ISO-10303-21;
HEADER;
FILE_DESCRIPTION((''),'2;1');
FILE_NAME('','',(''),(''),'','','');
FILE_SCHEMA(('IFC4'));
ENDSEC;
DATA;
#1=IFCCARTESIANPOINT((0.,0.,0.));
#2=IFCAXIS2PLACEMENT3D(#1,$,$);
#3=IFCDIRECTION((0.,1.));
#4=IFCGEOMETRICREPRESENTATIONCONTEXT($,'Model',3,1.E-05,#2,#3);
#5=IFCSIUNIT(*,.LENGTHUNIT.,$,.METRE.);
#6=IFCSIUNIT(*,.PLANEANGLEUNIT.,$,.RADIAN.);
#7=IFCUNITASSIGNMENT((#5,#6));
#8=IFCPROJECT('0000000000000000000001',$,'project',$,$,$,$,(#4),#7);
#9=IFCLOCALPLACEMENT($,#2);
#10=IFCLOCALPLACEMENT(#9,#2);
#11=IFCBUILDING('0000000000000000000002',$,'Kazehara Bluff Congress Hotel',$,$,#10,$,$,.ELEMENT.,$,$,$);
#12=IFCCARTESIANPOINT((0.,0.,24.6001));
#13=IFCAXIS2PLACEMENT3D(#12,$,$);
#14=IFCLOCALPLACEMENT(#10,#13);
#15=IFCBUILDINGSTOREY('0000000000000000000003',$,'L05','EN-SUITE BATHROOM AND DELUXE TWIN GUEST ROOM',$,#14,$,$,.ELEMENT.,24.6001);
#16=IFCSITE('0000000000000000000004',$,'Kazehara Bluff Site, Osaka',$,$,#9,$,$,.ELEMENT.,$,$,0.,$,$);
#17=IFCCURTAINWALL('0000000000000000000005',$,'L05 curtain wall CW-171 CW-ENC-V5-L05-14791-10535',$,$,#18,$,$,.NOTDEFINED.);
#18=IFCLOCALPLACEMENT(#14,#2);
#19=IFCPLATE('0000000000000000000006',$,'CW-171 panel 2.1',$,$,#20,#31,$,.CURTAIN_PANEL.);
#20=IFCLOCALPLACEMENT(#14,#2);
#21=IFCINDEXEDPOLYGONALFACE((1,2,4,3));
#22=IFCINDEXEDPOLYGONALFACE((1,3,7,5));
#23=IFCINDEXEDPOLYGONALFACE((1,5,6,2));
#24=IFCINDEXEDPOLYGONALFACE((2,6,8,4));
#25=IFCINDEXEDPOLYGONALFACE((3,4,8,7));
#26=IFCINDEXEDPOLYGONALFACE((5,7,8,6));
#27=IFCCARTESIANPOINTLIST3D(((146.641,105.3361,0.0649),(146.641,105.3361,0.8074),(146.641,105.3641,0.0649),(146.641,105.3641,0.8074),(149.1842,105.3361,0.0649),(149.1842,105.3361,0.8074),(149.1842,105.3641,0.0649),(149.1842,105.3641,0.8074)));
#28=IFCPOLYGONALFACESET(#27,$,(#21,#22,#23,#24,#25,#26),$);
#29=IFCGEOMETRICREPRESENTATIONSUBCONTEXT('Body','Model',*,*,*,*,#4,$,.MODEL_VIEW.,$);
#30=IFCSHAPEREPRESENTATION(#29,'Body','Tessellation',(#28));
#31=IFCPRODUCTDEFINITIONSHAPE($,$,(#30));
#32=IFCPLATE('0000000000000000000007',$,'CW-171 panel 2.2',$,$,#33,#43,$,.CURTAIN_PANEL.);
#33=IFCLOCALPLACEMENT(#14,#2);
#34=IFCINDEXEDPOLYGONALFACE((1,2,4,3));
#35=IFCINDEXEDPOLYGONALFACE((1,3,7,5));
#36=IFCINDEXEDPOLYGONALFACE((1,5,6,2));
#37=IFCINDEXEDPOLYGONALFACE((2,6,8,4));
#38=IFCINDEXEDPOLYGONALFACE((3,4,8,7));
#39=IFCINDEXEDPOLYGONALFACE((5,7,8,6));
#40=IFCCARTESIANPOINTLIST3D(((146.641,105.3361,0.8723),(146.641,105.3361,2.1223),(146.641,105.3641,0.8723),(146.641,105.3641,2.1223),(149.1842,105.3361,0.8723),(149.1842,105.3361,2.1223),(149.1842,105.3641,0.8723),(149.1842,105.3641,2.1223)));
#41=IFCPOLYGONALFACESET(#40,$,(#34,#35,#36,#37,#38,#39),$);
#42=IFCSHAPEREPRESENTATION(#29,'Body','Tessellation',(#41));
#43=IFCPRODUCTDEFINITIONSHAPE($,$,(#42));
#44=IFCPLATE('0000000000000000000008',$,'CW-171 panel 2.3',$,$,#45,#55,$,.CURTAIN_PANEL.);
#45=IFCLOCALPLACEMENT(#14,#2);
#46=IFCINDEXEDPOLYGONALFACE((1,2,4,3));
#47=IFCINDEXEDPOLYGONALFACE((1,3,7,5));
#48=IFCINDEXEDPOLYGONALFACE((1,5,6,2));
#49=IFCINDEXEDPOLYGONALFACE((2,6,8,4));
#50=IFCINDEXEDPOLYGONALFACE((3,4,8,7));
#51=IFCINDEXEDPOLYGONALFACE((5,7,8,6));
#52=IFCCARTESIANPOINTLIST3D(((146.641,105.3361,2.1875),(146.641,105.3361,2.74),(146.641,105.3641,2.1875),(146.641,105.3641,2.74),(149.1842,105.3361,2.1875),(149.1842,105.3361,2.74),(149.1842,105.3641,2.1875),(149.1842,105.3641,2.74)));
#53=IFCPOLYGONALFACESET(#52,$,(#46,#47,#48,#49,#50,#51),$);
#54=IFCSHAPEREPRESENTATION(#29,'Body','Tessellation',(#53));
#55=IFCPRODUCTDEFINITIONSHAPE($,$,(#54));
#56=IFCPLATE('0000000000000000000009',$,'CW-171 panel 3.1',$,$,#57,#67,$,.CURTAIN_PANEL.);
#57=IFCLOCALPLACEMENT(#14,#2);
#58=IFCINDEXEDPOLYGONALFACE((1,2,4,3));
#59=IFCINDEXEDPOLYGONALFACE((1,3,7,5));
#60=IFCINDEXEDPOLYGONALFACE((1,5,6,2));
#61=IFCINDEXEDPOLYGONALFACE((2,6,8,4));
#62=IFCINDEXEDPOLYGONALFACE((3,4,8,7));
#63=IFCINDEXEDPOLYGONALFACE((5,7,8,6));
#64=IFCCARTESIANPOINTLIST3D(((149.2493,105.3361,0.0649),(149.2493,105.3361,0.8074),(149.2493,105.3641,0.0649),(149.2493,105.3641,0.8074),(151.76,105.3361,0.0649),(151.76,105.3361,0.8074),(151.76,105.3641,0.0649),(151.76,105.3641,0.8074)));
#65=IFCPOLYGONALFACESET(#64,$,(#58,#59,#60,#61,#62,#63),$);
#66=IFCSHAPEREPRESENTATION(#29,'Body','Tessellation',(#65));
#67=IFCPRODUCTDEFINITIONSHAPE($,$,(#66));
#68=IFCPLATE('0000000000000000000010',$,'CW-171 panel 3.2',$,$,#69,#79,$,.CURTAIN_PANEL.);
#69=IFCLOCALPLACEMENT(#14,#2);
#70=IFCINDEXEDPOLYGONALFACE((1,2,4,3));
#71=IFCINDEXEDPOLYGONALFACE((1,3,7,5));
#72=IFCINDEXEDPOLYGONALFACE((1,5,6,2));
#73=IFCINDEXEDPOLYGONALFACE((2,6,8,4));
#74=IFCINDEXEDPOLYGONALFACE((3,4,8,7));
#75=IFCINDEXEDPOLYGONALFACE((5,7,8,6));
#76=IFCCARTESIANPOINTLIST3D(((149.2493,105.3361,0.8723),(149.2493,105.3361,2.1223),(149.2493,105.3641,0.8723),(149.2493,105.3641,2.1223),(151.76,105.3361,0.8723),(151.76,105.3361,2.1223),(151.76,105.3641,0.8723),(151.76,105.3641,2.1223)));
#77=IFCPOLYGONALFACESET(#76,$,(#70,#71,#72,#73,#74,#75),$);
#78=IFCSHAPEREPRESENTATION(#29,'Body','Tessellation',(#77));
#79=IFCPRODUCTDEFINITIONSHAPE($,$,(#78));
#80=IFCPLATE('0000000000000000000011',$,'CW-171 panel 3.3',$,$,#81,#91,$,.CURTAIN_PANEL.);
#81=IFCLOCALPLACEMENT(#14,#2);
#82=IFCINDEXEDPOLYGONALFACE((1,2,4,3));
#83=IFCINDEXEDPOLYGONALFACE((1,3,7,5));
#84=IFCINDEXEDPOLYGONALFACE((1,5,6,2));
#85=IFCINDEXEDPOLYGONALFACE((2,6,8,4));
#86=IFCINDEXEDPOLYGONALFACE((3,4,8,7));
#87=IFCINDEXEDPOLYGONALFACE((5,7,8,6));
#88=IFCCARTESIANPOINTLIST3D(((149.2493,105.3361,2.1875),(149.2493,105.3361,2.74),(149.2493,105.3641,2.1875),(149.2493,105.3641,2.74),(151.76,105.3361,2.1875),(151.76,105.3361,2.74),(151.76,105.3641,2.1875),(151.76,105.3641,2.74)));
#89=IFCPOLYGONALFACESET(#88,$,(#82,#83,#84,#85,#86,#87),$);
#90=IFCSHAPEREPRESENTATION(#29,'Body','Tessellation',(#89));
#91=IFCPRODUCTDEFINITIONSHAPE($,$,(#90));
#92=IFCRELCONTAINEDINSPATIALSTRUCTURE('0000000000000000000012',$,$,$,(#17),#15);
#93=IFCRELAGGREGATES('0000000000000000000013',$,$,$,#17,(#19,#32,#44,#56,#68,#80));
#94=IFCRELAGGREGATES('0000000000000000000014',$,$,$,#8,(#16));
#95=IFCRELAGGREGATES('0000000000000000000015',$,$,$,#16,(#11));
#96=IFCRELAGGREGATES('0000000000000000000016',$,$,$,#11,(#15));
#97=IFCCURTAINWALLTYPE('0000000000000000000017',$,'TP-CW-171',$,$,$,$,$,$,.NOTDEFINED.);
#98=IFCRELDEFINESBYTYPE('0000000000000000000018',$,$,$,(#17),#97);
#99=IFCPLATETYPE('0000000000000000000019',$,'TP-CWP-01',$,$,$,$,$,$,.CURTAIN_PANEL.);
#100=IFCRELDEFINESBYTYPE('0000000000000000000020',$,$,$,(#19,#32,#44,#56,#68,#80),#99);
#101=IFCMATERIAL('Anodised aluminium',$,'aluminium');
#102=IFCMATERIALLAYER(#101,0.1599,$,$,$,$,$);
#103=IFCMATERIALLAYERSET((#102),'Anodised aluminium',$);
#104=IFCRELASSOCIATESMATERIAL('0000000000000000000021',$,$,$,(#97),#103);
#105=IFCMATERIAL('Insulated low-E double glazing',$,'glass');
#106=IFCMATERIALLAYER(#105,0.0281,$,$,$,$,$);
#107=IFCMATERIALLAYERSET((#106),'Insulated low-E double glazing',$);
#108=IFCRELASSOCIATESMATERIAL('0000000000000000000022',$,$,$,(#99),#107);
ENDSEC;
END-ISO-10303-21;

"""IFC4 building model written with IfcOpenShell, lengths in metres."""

from ifc_helpers import new_model, si_unit, direction, frame, origin, origin_2d, place, context, subcontext, project, spatial, rectangle, extrude, material, layer, layer_set, type_object, element, aggregate, save


model = new_model("IFC4")

# Units and contexts
model_context = context("Model", 3, precision=1e-05, world=origin(), true_north=direction((0.0, 1.0)))
body_context = subcontext(model_context, "Body", "Model", "MODEL_VIEW")
ifc_project = project(units=[si_unit("LENGTHUNIT", "METRE"), si_unit("PLANEANGLEUNIT", "RADIAN")], contexts=[model_context])

# Site, building, storey
site_placement = place(None, origin())
site = spatial("IfcSite", under=ifc_project, at=site_placement, Name="Kazehara Bluff Site, Osaka", CompositionType="ELEMENT", RefElevation=0.0)
building_placement = place(site_placement, origin())
building = spatial("IfcBuilding", under=site, at=building_placement, Name="Kazehara Bluff Congress Hotel", CompositionType="ELEMENT")
storey_placement = place(building_placement, frame((0.0, 0.0, 24.6001)))
storey = spatial("IfcBuildingStorey", under=building, at=storey_placement, Name="L05", Description="EN-SUITE BATHROOM AND DELUXE TWIN GUEST ROOM", CompositionType="ELEMENT", Elevation=24.6001)

# Curtain wall
ifc_material_1 = material(Name="Anodised aluminium", Category="aluminium")
ifc_layer_1 = layer(ifc_material_1, 0.1599)
ifc_layer_set_1 = layer_set([ifc_layer_1], Name="Anodised aluminium")
curtain_wall_type_1 = type_object("IfcCurtainWallType", Name="TP-CW-171", PredefinedType="NOTDEFINED", material=ifc_layer_set_1)
curtain_wall_1_placement = place(storey_placement, origin())
curtain_wall_1 = element("IfcCurtainWall", 1, at=curtain_wall_1_placement, inside=storey, type_object=curtain_wall_type_1, Name="L05 curtain wall CW-171 CW-ENC-V5-L05-14791-10535", PredefinedType="NOTDEFINED")

# Plates
ifc_material_2 = material(Name="Insulated low-E double glazing", Category="glass")
ifc_layer_2 = layer(ifc_material_2, 0.0281)
ifc_layer_set_2 = layer_set([ifc_layer_2], Name="Insulated low-E double glazing")
plate_type = type_object("IfcPlateType", Name="TP-CWP-01", PredefinedType="CURTAIN_PANEL", material=ifc_layer_set_2)
plate_1_placement = place(storey_placement, frame((147.9126, 105.3501, 0.0649), z_axis=(0.0, 0.0, 1.0), x_axis=(1.0, 0.0, 0.0)))
plate_1 = element("IfcPlate", 2, at=plate_1_placement, type_object=plate_type, Name="CW-171 panel 2.1", PredefinedType="CURTAIN_PANEL", context=body_context, shape_type="SweptSolid", body=[
    extrude(rectangle(XDim=2.5432, YDim=0.0281, at=origin_2d()), origin(), (0.0, 0.0, 1.0), 0.7424),
])
plate_2_placement = place(storey_placement, frame((147.9126, 105.3501, 0.8723), z_axis=(0.0, 0.0, 1.0), x_axis=(1.0, 0.0, 0.0)))
plate_2 = element("IfcPlate", 3, at=plate_2_placement, type_object=plate_type, Name="CW-171 panel 2.2", PredefinedType="CURTAIN_PANEL", context=body_context, shape_type="SweptSolid", body=[
    extrude(rectangle(XDim=2.5432, YDim=0.0281, at=origin_2d()), origin(), (0.0, 0.0, 1.0), 1.25),
])
plate_3_placement = place(storey_placement, frame((147.9126, 105.3501, 2.1875), z_axis=(0.0, 0.0, 1.0), x_axis=(1.0, 0.0, 0.0)))
plate_3 = element("IfcPlate", 4, at=plate_3_placement, type_object=plate_type, Name="CW-171 panel 2.3", PredefinedType="CURTAIN_PANEL", context=body_context, shape_type="SweptSolid", body=[
    extrude(rectangle(XDim=2.5432, YDim=0.0281, at=origin_2d()), origin(), (0.0, 0.0, 1.0), 0.5525),
])
plate_4_placement = place(storey_placement, frame((150.5046, 105.3501, 0.0649), z_axis=(0.0, 0.0, 1.0), x_axis=(1.0, 0.0, 0.0)))
plate_4 = element("IfcPlate", 5, at=plate_4_placement, type_object=plate_type, Name="CW-171 panel 3.1", PredefinedType="CURTAIN_PANEL", context=body_context, shape_type="SweptSolid", body=[
    extrude(rectangle(XDim=2.5107, YDim=0.0281, at=origin_2d()), origin(), (0.0, 0.0, 1.0), 0.7424),
])
plate_5_placement = place(storey_placement, frame((150.5046, 105.3501, 0.8723), z_axis=(0.0, 0.0, 1.0), x_axis=(1.0, 0.0, 0.0)))
plate_5 = element("IfcPlate", 6, at=plate_5_placement, type_object=plate_type, Name="CW-171 panel 3.2", PredefinedType="CURTAIN_PANEL", context=body_context, shape_type="SweptSolid", body=[
    extrude(rectangle(XDim=2.5107, YDim=0.0281, at=origin_2d()), origin(), (0.0, 0.0, 1.0), 1.25),
])
plate_6_placement = place(storey_placement, frame((150.5046, 105.3501, 2.1875), z_axis=(0.0, 0.0, 1.0), x_axis=(1.0, 0.0, 0.0)))
plate_6 = element("IfcPlate", 7, at=plate_6_placement, type_object=plate_type, Name="CW-171 panel 3.3", PredefinedType="CURTAIN_PANEL", context=body_context, shape_type="SweptSolid", body=[
    extrude(rectangle(XDim=2.5107, YDim=0.0281, at=origin_2d()), origin(), (0.0, 0.0, 1.0), 0.5525),
])
aggregate(curtain_wall_1, [plate_1, plate_2, plate_3, plate_4, plate_5, plate_6])

save(model, "model.ifc")
